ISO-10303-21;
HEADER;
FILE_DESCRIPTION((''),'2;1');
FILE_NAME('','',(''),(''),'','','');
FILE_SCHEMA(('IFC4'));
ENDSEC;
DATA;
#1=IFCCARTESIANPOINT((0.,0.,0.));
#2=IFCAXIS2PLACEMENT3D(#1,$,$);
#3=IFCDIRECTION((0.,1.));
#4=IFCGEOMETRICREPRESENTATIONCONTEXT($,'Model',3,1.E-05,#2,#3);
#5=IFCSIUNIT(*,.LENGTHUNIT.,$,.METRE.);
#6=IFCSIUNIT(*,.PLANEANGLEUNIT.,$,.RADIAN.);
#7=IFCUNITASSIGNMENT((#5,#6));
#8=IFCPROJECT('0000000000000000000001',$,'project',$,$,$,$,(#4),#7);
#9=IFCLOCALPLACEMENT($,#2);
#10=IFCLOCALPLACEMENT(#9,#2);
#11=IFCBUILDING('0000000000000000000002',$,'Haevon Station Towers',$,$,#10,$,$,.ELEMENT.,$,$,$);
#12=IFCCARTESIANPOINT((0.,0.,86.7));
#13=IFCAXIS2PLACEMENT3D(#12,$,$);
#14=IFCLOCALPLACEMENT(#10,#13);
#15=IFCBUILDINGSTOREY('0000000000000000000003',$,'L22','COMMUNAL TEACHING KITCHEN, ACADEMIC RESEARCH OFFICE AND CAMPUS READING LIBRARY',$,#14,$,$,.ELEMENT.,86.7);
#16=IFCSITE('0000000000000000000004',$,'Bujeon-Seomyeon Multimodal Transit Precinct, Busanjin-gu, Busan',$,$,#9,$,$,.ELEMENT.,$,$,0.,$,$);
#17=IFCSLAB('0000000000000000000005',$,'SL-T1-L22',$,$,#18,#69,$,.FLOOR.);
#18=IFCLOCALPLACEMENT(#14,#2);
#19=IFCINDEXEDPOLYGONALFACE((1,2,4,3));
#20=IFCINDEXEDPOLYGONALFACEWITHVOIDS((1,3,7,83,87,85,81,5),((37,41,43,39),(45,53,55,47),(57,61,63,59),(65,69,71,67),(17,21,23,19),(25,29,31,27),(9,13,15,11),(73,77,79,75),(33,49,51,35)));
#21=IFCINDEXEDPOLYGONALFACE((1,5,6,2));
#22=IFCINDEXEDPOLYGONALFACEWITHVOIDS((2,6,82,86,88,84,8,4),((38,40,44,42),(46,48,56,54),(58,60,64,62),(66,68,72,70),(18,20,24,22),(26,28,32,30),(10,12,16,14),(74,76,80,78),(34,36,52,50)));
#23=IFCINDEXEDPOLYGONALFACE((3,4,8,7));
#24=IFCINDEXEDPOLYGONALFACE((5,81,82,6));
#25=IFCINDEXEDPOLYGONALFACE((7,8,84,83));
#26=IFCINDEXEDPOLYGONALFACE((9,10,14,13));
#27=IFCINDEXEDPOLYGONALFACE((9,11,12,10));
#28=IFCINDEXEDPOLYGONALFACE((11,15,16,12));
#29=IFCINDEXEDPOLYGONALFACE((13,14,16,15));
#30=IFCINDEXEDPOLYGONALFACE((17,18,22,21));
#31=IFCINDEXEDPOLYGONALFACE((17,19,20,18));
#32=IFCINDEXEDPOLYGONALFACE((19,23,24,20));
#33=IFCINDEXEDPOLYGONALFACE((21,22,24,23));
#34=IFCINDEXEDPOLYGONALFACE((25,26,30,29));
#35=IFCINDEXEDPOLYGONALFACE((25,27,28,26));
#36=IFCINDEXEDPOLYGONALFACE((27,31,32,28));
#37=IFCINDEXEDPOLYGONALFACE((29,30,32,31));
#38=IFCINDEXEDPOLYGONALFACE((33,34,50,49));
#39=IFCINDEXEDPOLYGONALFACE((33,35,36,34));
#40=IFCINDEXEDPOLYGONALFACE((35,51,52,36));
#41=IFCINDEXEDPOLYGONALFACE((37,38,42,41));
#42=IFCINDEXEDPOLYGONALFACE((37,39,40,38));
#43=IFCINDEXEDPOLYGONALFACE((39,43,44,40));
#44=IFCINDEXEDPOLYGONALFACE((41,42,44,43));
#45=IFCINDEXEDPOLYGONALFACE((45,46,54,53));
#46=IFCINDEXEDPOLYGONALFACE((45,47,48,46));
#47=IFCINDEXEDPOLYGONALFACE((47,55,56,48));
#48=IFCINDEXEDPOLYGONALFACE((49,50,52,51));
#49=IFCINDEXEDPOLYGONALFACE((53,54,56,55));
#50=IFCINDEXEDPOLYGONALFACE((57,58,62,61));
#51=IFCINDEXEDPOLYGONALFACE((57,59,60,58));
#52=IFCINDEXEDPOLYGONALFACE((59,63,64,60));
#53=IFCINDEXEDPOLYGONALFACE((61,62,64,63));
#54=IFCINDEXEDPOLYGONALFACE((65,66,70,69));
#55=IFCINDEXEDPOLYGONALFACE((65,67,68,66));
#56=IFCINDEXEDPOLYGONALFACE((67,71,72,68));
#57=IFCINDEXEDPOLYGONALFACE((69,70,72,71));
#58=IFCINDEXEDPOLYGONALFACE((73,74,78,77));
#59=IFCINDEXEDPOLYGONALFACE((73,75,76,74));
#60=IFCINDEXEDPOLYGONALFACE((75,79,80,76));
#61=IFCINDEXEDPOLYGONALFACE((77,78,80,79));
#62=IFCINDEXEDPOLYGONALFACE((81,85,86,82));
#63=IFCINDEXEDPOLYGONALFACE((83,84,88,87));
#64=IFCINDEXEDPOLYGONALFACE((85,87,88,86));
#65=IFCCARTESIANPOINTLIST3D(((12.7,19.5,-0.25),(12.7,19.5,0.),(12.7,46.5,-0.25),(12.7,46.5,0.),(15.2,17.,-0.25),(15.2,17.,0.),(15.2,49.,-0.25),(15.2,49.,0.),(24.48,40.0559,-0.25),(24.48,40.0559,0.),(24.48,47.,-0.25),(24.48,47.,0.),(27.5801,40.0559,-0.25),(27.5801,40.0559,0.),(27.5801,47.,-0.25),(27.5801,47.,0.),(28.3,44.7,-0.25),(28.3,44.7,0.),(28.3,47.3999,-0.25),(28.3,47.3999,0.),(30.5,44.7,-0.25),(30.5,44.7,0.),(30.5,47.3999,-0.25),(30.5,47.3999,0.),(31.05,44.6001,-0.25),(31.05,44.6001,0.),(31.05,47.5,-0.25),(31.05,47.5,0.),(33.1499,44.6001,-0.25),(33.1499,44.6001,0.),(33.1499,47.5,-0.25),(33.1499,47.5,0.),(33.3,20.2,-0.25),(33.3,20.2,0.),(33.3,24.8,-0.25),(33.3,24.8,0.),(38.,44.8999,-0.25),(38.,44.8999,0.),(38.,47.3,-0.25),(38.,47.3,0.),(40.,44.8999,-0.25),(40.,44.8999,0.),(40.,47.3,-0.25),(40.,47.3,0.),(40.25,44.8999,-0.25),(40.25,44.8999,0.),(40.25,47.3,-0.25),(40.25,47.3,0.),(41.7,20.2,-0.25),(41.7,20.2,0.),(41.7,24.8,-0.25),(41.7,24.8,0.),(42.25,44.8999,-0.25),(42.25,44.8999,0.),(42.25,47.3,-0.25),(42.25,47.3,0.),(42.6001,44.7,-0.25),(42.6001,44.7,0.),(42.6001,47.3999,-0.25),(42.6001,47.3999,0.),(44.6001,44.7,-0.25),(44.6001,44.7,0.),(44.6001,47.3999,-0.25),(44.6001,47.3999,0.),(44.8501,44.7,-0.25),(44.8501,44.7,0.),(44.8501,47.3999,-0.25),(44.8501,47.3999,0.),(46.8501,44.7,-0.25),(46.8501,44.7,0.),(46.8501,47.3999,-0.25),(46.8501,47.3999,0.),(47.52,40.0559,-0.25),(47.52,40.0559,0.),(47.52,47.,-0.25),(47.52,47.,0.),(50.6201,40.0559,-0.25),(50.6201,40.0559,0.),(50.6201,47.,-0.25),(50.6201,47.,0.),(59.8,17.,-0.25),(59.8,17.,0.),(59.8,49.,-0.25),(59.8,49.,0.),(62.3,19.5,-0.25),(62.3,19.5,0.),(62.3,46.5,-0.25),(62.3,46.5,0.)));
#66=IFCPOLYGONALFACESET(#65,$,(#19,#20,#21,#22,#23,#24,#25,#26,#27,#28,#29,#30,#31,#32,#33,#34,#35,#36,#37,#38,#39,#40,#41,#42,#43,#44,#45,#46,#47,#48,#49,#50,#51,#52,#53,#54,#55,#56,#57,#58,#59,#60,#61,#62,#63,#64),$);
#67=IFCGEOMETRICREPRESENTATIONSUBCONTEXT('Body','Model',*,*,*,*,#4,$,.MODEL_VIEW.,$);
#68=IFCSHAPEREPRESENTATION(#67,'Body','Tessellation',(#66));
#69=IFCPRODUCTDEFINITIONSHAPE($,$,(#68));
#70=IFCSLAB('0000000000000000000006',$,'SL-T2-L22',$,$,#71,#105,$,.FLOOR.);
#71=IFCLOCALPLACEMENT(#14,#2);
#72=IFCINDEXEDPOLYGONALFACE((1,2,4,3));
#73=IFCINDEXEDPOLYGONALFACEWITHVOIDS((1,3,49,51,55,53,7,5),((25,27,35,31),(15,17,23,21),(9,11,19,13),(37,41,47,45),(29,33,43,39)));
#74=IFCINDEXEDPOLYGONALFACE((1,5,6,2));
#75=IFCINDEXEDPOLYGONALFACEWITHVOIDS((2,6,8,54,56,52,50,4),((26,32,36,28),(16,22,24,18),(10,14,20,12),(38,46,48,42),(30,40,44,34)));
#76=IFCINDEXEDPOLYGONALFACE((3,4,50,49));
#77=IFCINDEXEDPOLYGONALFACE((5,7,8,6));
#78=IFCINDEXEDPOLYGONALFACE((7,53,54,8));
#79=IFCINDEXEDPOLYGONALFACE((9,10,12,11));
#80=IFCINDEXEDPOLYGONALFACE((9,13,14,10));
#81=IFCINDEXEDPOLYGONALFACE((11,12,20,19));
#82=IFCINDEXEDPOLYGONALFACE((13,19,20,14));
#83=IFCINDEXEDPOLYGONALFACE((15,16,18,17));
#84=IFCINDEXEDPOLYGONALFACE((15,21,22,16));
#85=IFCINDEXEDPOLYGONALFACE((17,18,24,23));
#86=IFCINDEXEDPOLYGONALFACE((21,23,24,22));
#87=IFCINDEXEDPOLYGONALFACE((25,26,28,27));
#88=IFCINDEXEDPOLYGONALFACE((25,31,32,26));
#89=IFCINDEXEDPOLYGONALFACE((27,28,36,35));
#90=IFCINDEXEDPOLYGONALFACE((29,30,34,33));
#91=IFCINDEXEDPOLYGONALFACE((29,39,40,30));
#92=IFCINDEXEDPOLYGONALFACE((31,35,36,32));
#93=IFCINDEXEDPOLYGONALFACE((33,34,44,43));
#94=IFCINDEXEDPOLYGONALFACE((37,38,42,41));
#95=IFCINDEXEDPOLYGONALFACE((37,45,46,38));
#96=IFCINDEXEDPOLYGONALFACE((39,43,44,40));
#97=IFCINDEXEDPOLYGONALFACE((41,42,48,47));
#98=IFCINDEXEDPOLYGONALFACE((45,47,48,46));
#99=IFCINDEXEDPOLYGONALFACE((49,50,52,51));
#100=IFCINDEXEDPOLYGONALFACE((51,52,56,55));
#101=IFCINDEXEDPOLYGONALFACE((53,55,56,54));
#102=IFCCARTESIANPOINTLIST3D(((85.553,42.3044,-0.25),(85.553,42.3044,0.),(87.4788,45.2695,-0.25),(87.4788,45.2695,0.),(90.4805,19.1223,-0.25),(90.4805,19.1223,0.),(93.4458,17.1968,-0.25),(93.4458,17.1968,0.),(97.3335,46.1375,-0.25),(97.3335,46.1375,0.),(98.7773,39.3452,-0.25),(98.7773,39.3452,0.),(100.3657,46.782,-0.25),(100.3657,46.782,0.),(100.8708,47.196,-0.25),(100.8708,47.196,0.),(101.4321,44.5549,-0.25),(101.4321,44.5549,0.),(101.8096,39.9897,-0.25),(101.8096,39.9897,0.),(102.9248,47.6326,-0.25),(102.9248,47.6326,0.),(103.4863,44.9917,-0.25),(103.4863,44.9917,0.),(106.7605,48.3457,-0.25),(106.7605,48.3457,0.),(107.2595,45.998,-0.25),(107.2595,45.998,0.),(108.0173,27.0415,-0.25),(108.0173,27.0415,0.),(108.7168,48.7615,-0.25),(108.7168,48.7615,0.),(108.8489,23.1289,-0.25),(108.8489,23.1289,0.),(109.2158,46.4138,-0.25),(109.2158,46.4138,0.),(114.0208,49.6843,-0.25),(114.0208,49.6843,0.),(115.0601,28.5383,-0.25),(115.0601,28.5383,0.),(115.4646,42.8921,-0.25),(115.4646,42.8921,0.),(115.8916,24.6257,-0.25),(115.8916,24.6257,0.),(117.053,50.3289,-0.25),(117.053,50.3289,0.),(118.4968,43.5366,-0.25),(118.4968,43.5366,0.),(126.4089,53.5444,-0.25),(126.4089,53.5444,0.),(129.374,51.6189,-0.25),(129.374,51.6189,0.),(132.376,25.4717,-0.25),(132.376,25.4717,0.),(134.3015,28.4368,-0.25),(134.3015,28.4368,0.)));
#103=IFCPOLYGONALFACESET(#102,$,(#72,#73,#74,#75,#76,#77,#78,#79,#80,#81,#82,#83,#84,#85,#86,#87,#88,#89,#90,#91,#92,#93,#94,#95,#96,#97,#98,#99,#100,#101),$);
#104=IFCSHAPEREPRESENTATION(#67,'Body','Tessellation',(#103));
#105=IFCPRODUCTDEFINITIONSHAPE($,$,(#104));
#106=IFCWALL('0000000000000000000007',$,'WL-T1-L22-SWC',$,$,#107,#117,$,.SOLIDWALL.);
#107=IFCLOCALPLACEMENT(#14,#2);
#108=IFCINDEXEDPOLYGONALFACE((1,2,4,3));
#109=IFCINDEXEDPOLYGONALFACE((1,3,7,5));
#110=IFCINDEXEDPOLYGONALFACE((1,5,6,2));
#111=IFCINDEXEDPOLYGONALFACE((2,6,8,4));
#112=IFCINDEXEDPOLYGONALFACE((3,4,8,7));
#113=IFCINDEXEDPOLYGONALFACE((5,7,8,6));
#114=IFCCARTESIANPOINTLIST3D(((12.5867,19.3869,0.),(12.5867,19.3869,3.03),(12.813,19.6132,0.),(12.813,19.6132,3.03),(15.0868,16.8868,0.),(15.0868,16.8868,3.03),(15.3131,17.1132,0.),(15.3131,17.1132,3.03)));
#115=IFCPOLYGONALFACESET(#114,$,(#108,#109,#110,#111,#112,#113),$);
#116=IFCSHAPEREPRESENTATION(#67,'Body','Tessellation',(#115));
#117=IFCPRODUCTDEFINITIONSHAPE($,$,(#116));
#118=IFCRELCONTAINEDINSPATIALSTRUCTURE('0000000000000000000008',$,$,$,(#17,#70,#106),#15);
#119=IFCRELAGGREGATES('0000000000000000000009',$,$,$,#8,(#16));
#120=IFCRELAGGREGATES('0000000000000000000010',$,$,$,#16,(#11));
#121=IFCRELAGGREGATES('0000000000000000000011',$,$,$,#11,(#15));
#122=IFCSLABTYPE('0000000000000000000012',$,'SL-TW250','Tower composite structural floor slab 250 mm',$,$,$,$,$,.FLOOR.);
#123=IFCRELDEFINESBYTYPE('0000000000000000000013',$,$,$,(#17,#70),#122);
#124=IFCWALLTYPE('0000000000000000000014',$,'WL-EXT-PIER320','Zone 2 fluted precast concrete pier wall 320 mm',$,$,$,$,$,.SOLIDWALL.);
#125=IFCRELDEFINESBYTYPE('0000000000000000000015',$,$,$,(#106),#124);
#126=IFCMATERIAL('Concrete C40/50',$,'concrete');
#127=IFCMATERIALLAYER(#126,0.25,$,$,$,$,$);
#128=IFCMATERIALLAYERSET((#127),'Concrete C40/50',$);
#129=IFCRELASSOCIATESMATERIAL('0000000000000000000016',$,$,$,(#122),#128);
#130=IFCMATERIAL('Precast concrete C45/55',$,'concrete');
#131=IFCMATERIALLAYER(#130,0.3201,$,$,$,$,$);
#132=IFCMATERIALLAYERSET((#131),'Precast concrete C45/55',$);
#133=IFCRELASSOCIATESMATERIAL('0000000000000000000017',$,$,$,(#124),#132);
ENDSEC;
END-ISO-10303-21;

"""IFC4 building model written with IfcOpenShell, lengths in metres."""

from ifc_helpers import new_model, si_unit, direction, frame, frame_2d, origin, place, context, subcontext, project, spatial, polyline, rectangle, outline, extrude, material, layer, layer_set, type_object, element, save


model = new_model("IFC4")

# Units and contexts
model_context = context("Model", 3, precision=1e-05, world=origin(), true_north=direction((0.0, 1.0)))
body_context = subcontext(model_context, "Body", "Model", "MODEL_VIEW")
ifc_project = project(units=[si_unit("LENGTHUNIT", "METRE"), si_unit("PLANEANGLEUNIT", "RADIAN")], contexts=[model_context])

# Site, building, storey
site_placement = place(None, origin())
site = spatial("IfcSite", under=ifc_project, at=site_placement, Name="Bujeon-Seomyeon Multimodal Transit Precinct, Busanjin-gu, Busan", CompositionType="ELEMENT", RefElevation=0.0)
building_placement = place(site_placement, origin())
building = spatial("IfcBuilding", under=site, at=building_placement, Name="Haevon Station Towers", CompositionType="ELEMENT")
storey_placement = place(building_placement, frame((0.0, 0.0, 86.7)))
storey = spatial("IfcBuildingStorey", under=building, at=storey_placement, Name="L22", Description="COMMUNAL TEACHING KITCHEN, ACADEMIC RESEARCH OFFICE AND CAMPUS READING LIBRARY", CompositionType="ELEMENT", Elevation=86.7)

# Shared definitions
ifc_material_1 = material(Name="Concrete C40/50", Category="concrete")

# Slabs
ifc_layer_1 = layer(ifc_material_1, 0.25)
ifc_layer_set_1 = layer_set([ifc_layer_1], Name="Concrete C40/50")
slab_type_1 = type_object("IfcSlabType", Name="SL-TW250", Description="Tower composite structural floor slab 250 mm", PredefinedType="FLOOR", material=ifc_layer_set_1)
slab_1_placement = place(storey_placement, frame((0.0, 0.0, -0.25)))
element("IfcSlab", 1, at=slab_1_placement, inside=storey, type_object=slab_type_1, Name="SL-T1-L22", PredefinedType="FLOOR", context=body_context, shape_type="SweptSolid", body=[
    extrude(outline(polyline([(15.2, 17.0), (59.8, 17.0), (62.3, 19.5), (62.3, 46.5), (59.8, 49.0), (15.2, 49.0), (12.7, 46.5), (12.7, 19.5), (15.2, 17.0)]), holes=[polyline([(27.5801, 40.0559), (27.5801, 47.0), (24.48, 47.0), (24.48, 40.0559), (27.5801, 40.0559)]), polyline([(50.6201, 40.0559), (50.6201, 47.0), (47.52, 47.0), (47.52, 40.0559), (50.6201, 40.0559)]), polyline([(28.3, 44.7), (30.5, 44.7), (30.5, 47.3999), (28.3, 47.3999), (28.3, 44.7)]), polyline([(31.05, 44.6001), (33.1499, 44.6001), (33.1499, 47.5), (31.05, 47.5), (31.05, 44.6001)]), polyline([(38.0, 44.8999), (40.0, 44.8999), (40.0, 47.3), (38.0, 47.3), (38.0, 44.8999)]), polyline([(40.25, 44.8999), (42.25, 44.8999), (42.25, 47.3), (40.25, 47.3), (40.25, 44.8999)]), polyline([(42.6001, 44.7), (44.6001, 44.7), (44.6001, 47.3999), (42.6001, 47.3999), (42.6001, 44.7)]), polyline([(44.8501, 44.7), (46.8501, 44.7), (46.8501, 47.3999), (44.8501, 47.3999), (44.8501, 44.7)]), polyline([(33.3, 20.2), (41.7, 20.2), (41.7, 24.8), (33.3, 24.8), (33.3, 20.2)])]), origin(), (0.0, 0.0, 1.0), 0.25),
])
slab_2_placement = place(storey_placement, frame((0.0, 0.0, -0.25)))
element("IfcSlab", 2, at=slab_2_placement, inside=storey, type_object=slab_type_1, Name="SL-T2-L22", PredefinedType="FLOOR", context=body_context, shape_type="SweptSolid", body=[
    extrude(outline(polyline([(93.4458, 17.1968), (132.376, 25.4717), (134.3015, 28.4368), (129.374, 51.6189), (126.4089, 53.5444), (87.4788, 45.2695), (85.553, 42.3044), (90.4805, 19.1223), (93.4458, 17.1968)]), holes=[polyline([(101.8096, 39.9897), (100.3657, 46.782), (97.3335, 46.1375), (98.7773, 39.3452), (101.8096, 39.9897)]), polyline([(118.4968, 43.5366), (117.053, 50.3289), (114.0208, 49.6843), (115.4646, 42.8921), (118.4968, 43.5366)]), polyline([(101.4321, 44.5549), (103.4863, 44.9917), (102.9248, 47.6326), (100.8708, 47.196), (101.4321, 44.5549)]), polyline([(107.2595, 45.998), (109.2158, 46.4138), (108.7168, 48.7615), (106.7605, 48.3457), (107.2595, 45.998)]), polyline([(108.8489, 23.1289), (115.8916, 24.6257), (115.0601, 28.5383), (108.0173, 27.0415), (108.8489, 23.1289)])]), origin(), (0.0, 0.0, 1.0), 0.25),
])

# Wall
ifc_material_2 = material(Name="Precast concrete C45/55", Category="concrete")
ifc_layer_2 = layer(ifc_material_2, 0.3201)
ifc_layer_set_2 = layer_set([ifc_layer_2], Name="Precast concrete C45/55")
wall_type_1 = type_object("IfcWallType", Name="WL-EXT-PIER320", Description="Zone 2 fluted precast concrete pier wall 320 mm", PredefinedType="SOLIDWALL", material=ifc_layer_set_2)
wall_1_placement = place(storey_placement, frame((15.2, 17.0, 0.0), z_axis=(0.0, 0.0, 1.0), x_axis=(-0.707107, 0.707107, 0.0)))
element("IfcWall", 3, at=wall_1_placement, inside=storey, type_object=wall_type_1, Name="WL-T1-L22-SWC", PredefinedType="SOLIDWALL", context=body_context, shape_type="SweptSolid", body=[
    extrude(rectangle(XDim=3.5356, YDim=0.3201, at=frame_2d((1.7678, 0.0))), origin(), (0.0, 0.0, 1.0), 3.03),
])

save(model, "model.ifc")
